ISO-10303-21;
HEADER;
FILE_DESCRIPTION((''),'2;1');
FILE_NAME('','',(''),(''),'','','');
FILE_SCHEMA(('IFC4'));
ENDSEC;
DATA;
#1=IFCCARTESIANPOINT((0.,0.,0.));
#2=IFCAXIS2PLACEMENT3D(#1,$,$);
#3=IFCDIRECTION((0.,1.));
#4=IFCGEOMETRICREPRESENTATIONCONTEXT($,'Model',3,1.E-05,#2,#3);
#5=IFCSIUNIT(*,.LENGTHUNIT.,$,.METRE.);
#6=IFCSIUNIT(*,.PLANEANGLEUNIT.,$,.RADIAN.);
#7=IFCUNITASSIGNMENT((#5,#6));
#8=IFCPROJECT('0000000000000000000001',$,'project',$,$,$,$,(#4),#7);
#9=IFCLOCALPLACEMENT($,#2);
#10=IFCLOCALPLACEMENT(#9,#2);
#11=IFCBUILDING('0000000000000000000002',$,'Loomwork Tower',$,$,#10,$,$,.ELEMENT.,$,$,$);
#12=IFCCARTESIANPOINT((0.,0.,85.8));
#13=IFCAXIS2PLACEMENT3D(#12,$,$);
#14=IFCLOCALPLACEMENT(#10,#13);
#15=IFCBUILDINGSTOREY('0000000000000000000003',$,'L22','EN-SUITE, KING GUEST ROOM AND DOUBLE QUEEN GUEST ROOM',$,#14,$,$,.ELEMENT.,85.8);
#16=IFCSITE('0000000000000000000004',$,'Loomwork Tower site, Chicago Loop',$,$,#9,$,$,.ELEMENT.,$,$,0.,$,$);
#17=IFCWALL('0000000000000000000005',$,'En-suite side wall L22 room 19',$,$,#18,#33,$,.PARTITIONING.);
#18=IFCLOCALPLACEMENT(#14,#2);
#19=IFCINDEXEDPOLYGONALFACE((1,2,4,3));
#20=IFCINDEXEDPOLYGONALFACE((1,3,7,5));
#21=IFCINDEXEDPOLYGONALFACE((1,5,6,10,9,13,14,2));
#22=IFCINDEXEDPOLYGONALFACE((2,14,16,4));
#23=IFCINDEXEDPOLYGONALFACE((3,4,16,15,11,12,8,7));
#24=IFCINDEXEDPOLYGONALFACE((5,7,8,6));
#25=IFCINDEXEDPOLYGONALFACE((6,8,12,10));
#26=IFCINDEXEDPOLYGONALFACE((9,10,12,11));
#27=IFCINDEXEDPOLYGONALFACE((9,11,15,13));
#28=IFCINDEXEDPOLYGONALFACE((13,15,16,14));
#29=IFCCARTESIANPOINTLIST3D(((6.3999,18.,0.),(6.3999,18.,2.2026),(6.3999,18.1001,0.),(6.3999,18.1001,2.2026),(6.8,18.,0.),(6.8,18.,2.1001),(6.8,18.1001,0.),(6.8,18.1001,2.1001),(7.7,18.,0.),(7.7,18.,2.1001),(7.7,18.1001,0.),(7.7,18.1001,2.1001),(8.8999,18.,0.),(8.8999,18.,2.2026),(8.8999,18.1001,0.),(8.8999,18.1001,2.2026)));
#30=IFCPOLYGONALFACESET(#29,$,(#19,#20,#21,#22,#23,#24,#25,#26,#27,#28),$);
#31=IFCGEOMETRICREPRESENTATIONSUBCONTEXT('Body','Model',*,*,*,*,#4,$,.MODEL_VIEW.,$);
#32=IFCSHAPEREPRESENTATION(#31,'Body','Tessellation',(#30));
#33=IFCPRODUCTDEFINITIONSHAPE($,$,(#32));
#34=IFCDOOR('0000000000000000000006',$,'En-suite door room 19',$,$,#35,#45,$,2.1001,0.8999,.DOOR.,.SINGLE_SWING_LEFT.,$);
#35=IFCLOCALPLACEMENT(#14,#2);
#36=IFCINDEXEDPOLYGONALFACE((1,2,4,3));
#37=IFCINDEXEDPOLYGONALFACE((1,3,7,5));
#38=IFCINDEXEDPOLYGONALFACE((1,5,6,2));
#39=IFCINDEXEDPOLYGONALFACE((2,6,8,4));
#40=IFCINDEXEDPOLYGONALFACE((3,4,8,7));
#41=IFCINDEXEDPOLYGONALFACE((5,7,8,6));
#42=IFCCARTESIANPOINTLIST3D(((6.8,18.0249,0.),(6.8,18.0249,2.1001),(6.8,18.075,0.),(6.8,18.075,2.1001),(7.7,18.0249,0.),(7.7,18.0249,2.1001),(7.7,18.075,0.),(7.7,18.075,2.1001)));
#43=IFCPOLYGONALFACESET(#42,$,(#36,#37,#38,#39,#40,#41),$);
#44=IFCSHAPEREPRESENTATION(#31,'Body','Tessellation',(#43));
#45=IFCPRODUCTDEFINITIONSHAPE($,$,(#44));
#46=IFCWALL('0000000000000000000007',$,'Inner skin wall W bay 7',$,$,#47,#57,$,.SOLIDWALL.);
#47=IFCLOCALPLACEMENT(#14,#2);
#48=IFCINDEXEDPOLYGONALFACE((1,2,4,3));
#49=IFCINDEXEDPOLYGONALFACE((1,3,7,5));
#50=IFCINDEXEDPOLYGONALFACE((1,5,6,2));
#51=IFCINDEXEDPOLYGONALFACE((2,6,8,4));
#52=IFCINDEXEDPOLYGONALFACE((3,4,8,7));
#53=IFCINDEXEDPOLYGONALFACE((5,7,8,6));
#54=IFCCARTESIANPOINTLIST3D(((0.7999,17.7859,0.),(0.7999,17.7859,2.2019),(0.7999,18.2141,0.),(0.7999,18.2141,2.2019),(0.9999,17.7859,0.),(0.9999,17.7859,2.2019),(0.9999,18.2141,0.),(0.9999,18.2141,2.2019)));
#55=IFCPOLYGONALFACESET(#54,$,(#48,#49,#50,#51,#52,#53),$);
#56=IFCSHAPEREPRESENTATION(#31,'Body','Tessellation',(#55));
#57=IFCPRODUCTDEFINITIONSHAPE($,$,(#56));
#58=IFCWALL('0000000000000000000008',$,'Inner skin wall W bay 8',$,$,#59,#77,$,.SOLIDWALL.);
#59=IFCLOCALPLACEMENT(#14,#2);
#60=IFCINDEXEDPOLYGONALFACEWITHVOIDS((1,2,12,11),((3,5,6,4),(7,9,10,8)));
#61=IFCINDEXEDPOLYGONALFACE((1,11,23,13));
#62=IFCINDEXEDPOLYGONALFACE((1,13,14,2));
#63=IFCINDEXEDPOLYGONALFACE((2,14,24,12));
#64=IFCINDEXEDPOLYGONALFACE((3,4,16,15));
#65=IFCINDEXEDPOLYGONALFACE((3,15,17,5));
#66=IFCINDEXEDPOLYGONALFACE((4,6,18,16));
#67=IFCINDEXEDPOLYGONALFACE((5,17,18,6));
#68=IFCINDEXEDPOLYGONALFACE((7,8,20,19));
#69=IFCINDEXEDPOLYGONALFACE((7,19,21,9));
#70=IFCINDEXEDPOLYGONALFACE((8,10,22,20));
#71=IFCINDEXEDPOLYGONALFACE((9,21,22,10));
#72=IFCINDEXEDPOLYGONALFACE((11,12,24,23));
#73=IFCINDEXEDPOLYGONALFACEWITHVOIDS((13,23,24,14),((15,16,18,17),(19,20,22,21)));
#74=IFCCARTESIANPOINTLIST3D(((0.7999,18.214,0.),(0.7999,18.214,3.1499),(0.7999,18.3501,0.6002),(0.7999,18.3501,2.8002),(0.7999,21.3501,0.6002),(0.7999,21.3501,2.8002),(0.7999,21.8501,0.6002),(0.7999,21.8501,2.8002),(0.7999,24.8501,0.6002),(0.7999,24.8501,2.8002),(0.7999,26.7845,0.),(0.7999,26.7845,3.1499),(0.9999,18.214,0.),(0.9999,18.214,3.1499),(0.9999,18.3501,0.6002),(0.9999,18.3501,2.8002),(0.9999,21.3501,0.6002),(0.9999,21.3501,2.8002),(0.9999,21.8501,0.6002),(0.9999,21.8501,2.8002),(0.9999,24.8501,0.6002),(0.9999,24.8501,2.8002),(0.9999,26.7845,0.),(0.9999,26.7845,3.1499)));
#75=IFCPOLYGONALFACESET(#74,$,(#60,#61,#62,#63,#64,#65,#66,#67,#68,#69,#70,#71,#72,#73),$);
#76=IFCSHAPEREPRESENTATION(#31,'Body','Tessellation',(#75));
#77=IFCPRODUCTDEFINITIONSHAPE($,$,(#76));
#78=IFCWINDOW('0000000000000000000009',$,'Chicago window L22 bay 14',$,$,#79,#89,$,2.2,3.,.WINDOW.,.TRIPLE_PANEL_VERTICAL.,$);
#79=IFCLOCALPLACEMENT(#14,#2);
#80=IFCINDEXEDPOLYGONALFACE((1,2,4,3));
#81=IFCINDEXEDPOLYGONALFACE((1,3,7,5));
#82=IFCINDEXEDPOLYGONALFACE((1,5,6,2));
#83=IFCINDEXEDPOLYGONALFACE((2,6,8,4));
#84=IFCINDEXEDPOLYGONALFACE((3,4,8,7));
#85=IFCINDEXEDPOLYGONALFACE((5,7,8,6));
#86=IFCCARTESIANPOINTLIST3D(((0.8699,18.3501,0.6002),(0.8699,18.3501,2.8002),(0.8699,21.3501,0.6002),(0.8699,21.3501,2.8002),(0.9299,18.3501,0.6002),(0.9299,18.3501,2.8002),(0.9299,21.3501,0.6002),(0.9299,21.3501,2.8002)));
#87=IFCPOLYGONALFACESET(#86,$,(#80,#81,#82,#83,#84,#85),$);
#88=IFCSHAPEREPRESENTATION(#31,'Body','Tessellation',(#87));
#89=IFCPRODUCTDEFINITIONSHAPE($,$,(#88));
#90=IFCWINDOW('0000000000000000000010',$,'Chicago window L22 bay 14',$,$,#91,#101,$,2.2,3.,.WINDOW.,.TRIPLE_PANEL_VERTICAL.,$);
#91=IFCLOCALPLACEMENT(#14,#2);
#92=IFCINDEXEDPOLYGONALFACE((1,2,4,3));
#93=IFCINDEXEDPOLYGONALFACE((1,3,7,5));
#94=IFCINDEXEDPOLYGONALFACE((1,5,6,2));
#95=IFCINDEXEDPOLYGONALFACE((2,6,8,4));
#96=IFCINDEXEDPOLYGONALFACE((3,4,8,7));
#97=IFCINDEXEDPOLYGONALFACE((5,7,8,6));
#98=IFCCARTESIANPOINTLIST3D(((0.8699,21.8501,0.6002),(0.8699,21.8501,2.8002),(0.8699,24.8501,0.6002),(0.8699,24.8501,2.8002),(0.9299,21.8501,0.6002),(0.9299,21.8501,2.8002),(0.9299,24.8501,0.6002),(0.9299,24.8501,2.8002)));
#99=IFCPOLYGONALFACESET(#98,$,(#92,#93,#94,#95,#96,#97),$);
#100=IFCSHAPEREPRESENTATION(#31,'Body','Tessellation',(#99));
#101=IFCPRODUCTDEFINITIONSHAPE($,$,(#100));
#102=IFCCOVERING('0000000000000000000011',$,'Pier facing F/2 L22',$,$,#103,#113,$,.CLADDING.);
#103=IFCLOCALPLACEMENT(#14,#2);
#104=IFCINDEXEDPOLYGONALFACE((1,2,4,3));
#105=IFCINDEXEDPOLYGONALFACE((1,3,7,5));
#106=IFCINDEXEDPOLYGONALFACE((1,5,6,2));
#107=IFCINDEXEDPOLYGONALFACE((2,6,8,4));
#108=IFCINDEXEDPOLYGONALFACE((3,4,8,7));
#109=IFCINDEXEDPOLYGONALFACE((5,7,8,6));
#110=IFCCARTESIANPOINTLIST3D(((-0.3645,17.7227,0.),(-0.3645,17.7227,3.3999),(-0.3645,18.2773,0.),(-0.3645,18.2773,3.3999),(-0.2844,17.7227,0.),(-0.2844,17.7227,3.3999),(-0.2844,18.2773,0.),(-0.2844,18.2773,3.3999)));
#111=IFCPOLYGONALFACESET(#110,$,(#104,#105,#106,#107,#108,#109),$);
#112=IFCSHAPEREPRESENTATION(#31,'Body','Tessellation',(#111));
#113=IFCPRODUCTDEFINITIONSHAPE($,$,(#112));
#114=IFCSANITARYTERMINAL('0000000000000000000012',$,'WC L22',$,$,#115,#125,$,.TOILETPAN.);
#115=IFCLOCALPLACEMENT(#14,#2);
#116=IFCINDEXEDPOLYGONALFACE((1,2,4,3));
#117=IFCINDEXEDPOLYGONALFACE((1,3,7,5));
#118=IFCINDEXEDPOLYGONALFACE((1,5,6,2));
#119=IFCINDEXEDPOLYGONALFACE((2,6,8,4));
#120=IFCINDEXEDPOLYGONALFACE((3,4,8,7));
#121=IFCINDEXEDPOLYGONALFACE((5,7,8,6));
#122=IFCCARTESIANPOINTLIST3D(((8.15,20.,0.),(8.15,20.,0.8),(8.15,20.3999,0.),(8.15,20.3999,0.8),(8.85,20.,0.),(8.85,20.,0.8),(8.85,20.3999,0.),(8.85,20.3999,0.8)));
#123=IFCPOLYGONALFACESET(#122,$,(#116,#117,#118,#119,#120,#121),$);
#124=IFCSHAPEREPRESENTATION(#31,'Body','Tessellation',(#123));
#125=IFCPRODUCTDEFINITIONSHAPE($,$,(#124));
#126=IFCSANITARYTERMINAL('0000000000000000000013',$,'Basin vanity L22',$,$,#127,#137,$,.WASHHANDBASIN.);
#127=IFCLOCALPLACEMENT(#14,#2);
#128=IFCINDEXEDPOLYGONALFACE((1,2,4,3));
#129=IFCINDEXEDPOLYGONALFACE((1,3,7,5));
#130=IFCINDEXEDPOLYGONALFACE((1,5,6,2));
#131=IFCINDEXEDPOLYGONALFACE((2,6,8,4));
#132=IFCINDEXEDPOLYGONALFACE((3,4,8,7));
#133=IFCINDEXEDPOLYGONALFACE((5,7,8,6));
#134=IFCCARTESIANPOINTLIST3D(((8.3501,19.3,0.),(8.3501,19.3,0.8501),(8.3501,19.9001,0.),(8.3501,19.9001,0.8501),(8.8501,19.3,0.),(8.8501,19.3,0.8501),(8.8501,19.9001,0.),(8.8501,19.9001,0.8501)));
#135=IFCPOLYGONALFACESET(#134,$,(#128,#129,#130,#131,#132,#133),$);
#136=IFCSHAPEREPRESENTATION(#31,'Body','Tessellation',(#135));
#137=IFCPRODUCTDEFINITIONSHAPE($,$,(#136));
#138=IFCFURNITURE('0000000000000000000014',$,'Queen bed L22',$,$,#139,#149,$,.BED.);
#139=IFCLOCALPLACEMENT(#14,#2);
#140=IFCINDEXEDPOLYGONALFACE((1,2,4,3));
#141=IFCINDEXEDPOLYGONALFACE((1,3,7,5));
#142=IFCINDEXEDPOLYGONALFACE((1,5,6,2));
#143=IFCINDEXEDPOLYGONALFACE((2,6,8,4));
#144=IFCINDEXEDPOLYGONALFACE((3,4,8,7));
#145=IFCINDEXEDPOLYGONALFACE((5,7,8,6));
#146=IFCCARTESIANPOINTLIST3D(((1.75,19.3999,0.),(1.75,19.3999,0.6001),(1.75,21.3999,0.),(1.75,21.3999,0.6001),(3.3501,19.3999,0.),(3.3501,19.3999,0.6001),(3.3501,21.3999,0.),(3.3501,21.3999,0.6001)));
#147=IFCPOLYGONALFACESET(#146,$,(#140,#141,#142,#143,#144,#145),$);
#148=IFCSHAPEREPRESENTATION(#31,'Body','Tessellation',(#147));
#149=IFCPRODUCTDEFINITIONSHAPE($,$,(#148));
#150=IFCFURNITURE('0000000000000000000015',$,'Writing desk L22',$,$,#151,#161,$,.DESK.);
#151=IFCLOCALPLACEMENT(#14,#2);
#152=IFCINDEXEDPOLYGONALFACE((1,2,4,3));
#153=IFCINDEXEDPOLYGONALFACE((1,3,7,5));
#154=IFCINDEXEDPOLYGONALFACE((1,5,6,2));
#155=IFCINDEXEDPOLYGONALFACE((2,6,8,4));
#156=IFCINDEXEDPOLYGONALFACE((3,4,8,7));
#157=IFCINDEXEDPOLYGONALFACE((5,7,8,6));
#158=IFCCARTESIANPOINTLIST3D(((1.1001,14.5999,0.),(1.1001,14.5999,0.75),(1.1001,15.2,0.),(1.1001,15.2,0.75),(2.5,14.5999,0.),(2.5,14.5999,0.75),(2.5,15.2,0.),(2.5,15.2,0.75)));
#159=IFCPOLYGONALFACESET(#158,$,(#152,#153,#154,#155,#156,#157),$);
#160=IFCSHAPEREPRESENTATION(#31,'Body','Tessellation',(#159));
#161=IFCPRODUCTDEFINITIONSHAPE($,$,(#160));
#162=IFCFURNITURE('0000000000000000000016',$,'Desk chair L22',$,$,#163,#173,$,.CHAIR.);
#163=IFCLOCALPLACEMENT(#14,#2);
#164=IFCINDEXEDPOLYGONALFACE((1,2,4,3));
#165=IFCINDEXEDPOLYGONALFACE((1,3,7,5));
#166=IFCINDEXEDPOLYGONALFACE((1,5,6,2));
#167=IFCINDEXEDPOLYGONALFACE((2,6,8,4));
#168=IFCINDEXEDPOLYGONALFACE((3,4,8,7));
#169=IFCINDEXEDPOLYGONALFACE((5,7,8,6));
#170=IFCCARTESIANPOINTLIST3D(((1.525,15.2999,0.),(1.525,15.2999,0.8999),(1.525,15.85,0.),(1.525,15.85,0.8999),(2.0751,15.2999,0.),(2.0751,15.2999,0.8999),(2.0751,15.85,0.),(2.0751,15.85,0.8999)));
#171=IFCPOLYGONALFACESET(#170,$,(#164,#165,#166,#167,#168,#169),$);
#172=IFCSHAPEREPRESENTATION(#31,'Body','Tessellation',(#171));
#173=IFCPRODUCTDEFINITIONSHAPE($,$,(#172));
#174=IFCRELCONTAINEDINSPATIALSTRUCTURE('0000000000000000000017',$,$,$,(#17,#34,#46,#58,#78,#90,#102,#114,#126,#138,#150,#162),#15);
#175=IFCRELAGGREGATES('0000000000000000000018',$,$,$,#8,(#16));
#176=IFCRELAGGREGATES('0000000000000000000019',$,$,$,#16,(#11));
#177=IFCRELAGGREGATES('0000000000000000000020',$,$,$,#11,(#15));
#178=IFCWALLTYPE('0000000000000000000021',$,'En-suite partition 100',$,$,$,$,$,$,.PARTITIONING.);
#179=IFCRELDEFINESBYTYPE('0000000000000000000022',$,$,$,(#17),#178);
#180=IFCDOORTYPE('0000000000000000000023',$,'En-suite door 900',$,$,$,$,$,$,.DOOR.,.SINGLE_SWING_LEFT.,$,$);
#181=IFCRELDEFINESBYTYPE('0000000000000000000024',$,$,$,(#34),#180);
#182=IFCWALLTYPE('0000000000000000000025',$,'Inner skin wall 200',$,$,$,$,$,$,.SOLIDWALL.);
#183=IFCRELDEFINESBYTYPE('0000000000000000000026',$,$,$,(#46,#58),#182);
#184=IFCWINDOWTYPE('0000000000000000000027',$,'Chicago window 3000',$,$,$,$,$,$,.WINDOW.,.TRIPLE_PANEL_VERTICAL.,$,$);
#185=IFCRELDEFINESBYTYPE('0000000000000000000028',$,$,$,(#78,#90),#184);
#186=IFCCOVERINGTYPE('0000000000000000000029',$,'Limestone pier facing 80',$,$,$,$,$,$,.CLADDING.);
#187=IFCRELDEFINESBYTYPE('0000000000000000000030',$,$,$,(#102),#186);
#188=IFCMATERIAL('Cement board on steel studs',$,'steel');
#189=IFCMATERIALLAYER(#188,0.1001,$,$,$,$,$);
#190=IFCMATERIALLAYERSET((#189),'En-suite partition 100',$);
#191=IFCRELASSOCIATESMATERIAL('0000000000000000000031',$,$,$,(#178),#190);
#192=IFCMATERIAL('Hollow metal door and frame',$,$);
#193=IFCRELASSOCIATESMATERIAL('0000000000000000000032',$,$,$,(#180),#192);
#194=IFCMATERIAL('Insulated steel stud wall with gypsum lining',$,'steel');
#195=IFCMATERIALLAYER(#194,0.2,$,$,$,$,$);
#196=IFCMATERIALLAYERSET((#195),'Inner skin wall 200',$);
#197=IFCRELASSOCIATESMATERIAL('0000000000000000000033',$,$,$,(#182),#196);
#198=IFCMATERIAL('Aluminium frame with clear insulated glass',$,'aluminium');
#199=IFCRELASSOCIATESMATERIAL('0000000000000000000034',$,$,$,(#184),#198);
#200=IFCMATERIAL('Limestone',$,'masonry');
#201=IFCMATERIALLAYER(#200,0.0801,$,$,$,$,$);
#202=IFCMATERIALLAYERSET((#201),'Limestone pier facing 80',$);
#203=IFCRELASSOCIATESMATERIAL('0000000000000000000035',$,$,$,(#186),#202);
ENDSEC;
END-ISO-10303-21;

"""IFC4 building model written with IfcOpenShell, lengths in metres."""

from ifc_helpers import new_model, si_unit, direction, frame, frame_2d, origin, origin_2d, place, context, subcontext, project, spatial, rectangle, extrude, material, layer, layer_set, type_object, element, fill, save


model = new_model("IFC4")

# Units and contexts
model_context = context("Model", 3, precision=1e-05, world=origin(), true_north=direction((0.0, 1.0)))
body_context = subcontext(model_context, "Body", "Model", "MODEL_VIEW")
ifc_project = project(units=[si_unit("LENGTHUNIT", "METRE"), si_unit("PLANEANGLEUNIT", "RADIAN")], contexts=[model_context])

# Site, building, storey
site_placement = place(None, origin())
site = spatial("IfcSite", under=ifc_project, at=site_placement, Name="Loomwork Tower site, Chicago Loop", CompositionType="ELEMENT", RefElevation=0.0)
building_placement = place(site_placement, origin())
building = spatial("IfcBuilding", under=site, at=building_placement, Name="Loomwork Tower", CompositionType="ELEMENT")
storey_placement = place(building_placement, frame((0.0, 0.0, 85.8)))
storey = spatial("IfcBuildingStorey", under=building, at=storey_placement, Name="L22", Description="EN-SUITE, KING GUEST ROOM AND DOUBLE QUEEN GUEST ROOM", CompositionType="ELEMENT", Elevation=85.8)

# Shared definitions
ifc_material_1 = material(Name="Cement board on steel studs", Category="steel")
ifc_layer_1 = layer(ifc_material_1, 0.1001)
ifc_layer_set_1 = layer_set([ifc_layer_1], Name="En-suite partition 100")
wall_type_1 = type_object("IfcWallType", Name="En-suite partition 100", PredefinedType="PARTITIONING", material=ifc_layer_set_1)

# Wall, opening, door
wall_1_placement = place(storey_placement, frame((8.8999, 18.05, 0.0), z_axis=(0.0, 0.0, 1.0), x_axis=(-1.0, 0.0, 0.0)))
wall_1 = element("IfcWall", 1, at=wall_1_placement, inside=storey, type_object=wall_type_1, Name="En-suite side wall L22 room 19", PredefinedType="PARTITIONING", context=body_context, shape_type="SweptSolid", body=[
    extrude(rectangle(XDim=2.5, YDim=0.1001, at=frame_2d((1.25, 0.0))), origin(), (0.0, 0.0, 1.0), 2.2026),
])
opening_1_placement = place(wall_1_placement, frame((1.2, 0.0, 0.0)))
opening_1 = element("IfcOpeningElement", 2, at=opening_1_placement, cuts=wall_1, PredefinedType="OPENING", context=body_context, shape_type="SweptSolid", body=[
    extrude(rectangle(XDim=0.8999, YDim=2.1001, at=frame_2d((0.45, 1.05))), frame((0.0, 0.0601, 0.0), z_axis=(0.0, -1.0, 0.0), x_axis=(1.0, 0.0, 0.0)), (0.0, 0.0, 1.0), 0.1201),
])
ifc_material_2 = material(Name="Hollow metal door and frame")
door_type = type_object("IfcDoorType", Name="En-suite door 900", OperationType="SINGLE_SWING_LEFT", PredefinedType="DOOR", material=ifc_material_2)
door_placement = place(opening_1_placement, frame((0.8999, 0.0, 0.0), z_axis=(0.0, 0.0, 1.0), x_axis=(-1.0, 0.0, 0.0)))
door = element("IfcDoor", 3, at=door_placement, inside=storey, type_object=door_type, Name="En-suite door room 19", OperationType="SINGLE_SWING_LEFT", OverallHeight=2.1001, OverallWidth=0.8999, PredefinedType="DOOR", context=body_context, shape_type="SweptSolid", body=[
    extrude(rectangle(XDim=0.8999, YDim=2.1001, at=frame_2d((0.45, 1.05))), frame((0.0, 0.0249, 0.0), z_axis=(0.0, -1.0, 0.0), x_axis=(1.0, 0.0, 0.0)), (0.0, 0.0, 1.0), 0.05),
])
fill(opening_1, door)

# Wall
ifc_material_3 = material(Name="Insulated steel stud wall with gypsum lining", Category="steel")
ifc_layer_2 = layer(ifc_material_3, 0.2)
ifc_layer_set_2 = layer_set([ifc_layer_2], Name="Inner skin wall 200")
wall_type_2 = type_object("IfcWallType", Name="Inner skin wall 200", PredefinedType="SOLIDWALL", material=ifc_layer_set_2)
wall_2_placement = place(storey_placement, frame((0.8999, 17.7859, 0.0), z_axis=(0.0, 0.0, 1.0), x_axis=(0.0, 1.0, 0.0)))
element("IfcWall", 4, at=wall_2_placement, inside=storey, type_object=wall_type_2, Name="Inner skin wall W bay 7", PredefinedType="SOLIDWALL", context=body_context, shape_type="SweptSolid", body=[
    extrude(rectangle(XDim=0.4282, YDim=0.2, at=frame_2d((0.2141, 0.0))), origin(), (0.0, 0.0, 1.0), 2.2019),
])

# Wall, openings, windows
wall_3_placement = place(storey_placement, frame((0.8999, 18.2141, 0.0), z_axis=(0.0, 0.0, 1.0), x_axis=(0.0, 1.0, 0.0)))
wall_3 = element("IfcWall", 5, at=wall_3_placement, inside=storey, type_object=wall_type_2, Name="Inner skin wall W bay 8", PredefinedType="SOLIDWALL", context=body_context, shape_type="SweptSolid", body=[
    extrude(rectangle(XDim=8.5706, YDim=0.2, at=frame_2d((4.2852, 0.0))), origin(), (0.0, 0.0, 1.0), 3.1499),
])
opening_2_placement = place(wall_3_placement, frame((0.136, 0.0, 0.6001)))
opening_2 = element("IfcOpeningElement", 6, at=opening_2_placement, cuts=wall_3, PredefinedType="OPENING", context=body_context, shape_type="SweptSolid", body=[
    extrude(rectangle(XDim=3.0, YDim=2.2, at=frame_2d((1.5, 1.1001))), frame((0.0, 0.1099, 0.0), z_axis=(0.0, -1.0, 0.0), x_axis=(1.0, 0.0, 0.0)), (0.0, 0.0, 1.0), 0.22),
])
opening_3_placement = place(wall_3_placement, frame((3.636, 0.0, 0.6001)))
opening_3 = element("IfcOpeningElement", 7, at=opening_3_placement, cuts=wall_3, PredefinedType="OPENING", context=body_context, shape_type="SweptSolid", body=[
    extrude(rectangle(XDim=3.0, YDim=2.2, at=frame_2d((1.5, 1.1001))), frame((0.0, 0.1099, 0.0), z_axis=(0.0, -1.0, 0.0), x_axis=(1.0, 0.0, 0.0)), (0.0, 0.0, 1.0), 0.22),
])
ifc_material_4 = material(Name="Aluminium frame with clear insulated glass", Category="aluminium")
window_type = type_object("IfcWindowType", Name="Chicago window 3000", PartitioningType="TRIPLE_PANEL_VERTICAL", PredefinedType="WINDOW", material=ifc_material_4)
window_1_placement = place(opening_2_placement, origin())
window_1 = element("IfcWindow", 8, at=window_1_placement, inside=storey, type_object=window_type, Name="Chicago window L22 bay 14", OverallHeight=2.2, OverallWidth=3.0, PartitioningType="TRIPLE_PANEL_VERTICAL", PredefinedType="WINDOW", context=body_context, shape_type="SweptSolid", body=[
    extrude(rectangle(XDim=3.0, YDim=2.2, at=frame_2d((1.5, 1.1001))), frame((0.0, 0.03, 0.0), z_axis=(0.0, -1.0, 0.0), x_axis=(1.0, 0.0, 0.0)), (0.0, 0.0, 1.0), 0.0601),
])
fill(opening_2, window_1)
window_2_placement = place(opening_3_placement, origin())
window_2 = element("IfcWindow", 9, at=window_2_placement, inside=storey, type_object=window_type, Name="Chicago window L22 bay 14", OverallHeight=2.2, OverallWidth=3.0, PartitioningType="TRIPLE_PANEL_VERTICAL", PredefinedType="WINDOW", context=body_context, shape_type="SweptSolid", body=[
    extrude(rectangle(XDim=3.0, YDim=2.2, at=frame_2d((1.5, 1.1001))), frame((0.0, 0.03, 0.0), z_axis=(0.0, -1.0, 0.0), x_axis=(1.0, 0.0, 0.0)), (0.0, 0.0, 1.0), 0.0601),
])
fill(opening_3, window_2)

# Covering
ifc_material_5 = material(Name="Limestone", Category="masonry")
ifc_layer_3 = layer(ifc_material_5, 0.0801)
ifc_layer_set_3 = layer_set([ifc_layer_3], Name="Limestone pier facing 80")
covering_type = type_object("IfcCoveringType", Name="Limestone pier facing 80", PredefinedType="CLADDING", material=ifc_layer_set_3)
covering_placement = place(storey_placement, frame((-0.3245, 18.0, 0.0), z_axis=(0.0, 0.0, 1.0), x_axis=(1.0, 0.0, 0.0)))
element("IfcCovering", 10, at=covering_placement, inside=storey, type_object=covering_type, Name="Pier facing F/2 L22", PredefinedType="CLADDING", context=body_context, shape_type="SweptSolid", body=[
    extrude(rectangle(XDim=0.0801, YDim=0.5547, at=origin_2d()), origin(), (0.0, 0.0, 1.0), 3.3999),
])

# Sanitary terminals
sanitary_terminal_1_placement = place(storey_placement, frame((8.5, 20.2, 0.0), z_axis=(0.0, 0.0, 1.0), x_axis=(1.0, 0.0, 0.0)))
element("IfcSanitaryTerminal", 11, at=sanitary_terminal_1_placement, inside=storey, Name="WC L22", PredefinedType="TOILETPAN", context=body_context, shape_type="SweptSolid", body=[
    extrude(rectangle(XDim=0.7, YDim=0.3999, at=origin_2d()), origin(), (0.0, 0.0, 1.0), 0.8),
])
sanitary_terminal_2_placement = place(storey_placement, frame((8.6001, 19.6001, 0.0), z_axis=(0.0, 0.0, 1.0), x_axis=(1.0, 0.0, 0.0)))
element("IfcSanitaryTerminal", 12, at=sanitary_terminal_2_placement, inside=storey, Name="Basin vanity L22", PredefinedType="WASHHANDBASIN", context=body_context, shape_type="SweptSolid", body=[
    extrude(rectangle(XDim=0.5, YDim=0.6001, at=origin_2d()), origin(), (0.0, 0.0, 1.0), 0.8501),
])

# Furniture
furniture_1_placement = place(storey_placement, frame((2.55, 20.3999, 0.0), z_axis=(0.0, 0.0, 1.0), x_axis=(1.0, 0.0, 0.0)))
element("IfcFurniture", 13, at=furniture_1_placement, inside=storey, Name="Queen bed L22", PredefinedType="BED", context=body_context, shape_type="SweptSolid", body=[
    extrude(rectangle(XDim=1.6001, YDim=2.0, at=origin_2d()), origin(), (0.0, 0.0, 1.0), 0.6001),
])
furniture_2_placement = place(storey_placement, frame((1.8, 14.8999, 0.0), z_axis=(0.0, 0.0, 1.0), x_axis=(1.0, 0.0, 0.0)))
element("IfcFurniture", 14, at=furniture_2_placement, inside=storey, Name="Writing desk L22", PredefinedType="DESK", context=body_context, shape_type="SweptSolid", body=[
    extrude(rectangle(XDim=1.3999, YDim=0.6001, at=origin_2d()), origin(), (0.0, 0.0, 1.0), 0.75),
])
furniture_3_placement = place(storey_placement, frame((1.8, 15.575, 0.0), z_axis=(0.0, 0.0, 1.0), x_axis=(1.0, 0.0, 0.0)))
element("IfcFurniture", 15, at=furniture_3_placement, inside=storey, Name="Desk chair L22", PredefinedType="CHAIR", context=body_context, shape_type="SweptSolid", body=[
    extrude(rectangle(XDim=0.55, YDim=0.55, at=origin_2d()), origin(), (0.0, 0.0, 1.0), 0.8999),
])

save(model, "model.ifc")
